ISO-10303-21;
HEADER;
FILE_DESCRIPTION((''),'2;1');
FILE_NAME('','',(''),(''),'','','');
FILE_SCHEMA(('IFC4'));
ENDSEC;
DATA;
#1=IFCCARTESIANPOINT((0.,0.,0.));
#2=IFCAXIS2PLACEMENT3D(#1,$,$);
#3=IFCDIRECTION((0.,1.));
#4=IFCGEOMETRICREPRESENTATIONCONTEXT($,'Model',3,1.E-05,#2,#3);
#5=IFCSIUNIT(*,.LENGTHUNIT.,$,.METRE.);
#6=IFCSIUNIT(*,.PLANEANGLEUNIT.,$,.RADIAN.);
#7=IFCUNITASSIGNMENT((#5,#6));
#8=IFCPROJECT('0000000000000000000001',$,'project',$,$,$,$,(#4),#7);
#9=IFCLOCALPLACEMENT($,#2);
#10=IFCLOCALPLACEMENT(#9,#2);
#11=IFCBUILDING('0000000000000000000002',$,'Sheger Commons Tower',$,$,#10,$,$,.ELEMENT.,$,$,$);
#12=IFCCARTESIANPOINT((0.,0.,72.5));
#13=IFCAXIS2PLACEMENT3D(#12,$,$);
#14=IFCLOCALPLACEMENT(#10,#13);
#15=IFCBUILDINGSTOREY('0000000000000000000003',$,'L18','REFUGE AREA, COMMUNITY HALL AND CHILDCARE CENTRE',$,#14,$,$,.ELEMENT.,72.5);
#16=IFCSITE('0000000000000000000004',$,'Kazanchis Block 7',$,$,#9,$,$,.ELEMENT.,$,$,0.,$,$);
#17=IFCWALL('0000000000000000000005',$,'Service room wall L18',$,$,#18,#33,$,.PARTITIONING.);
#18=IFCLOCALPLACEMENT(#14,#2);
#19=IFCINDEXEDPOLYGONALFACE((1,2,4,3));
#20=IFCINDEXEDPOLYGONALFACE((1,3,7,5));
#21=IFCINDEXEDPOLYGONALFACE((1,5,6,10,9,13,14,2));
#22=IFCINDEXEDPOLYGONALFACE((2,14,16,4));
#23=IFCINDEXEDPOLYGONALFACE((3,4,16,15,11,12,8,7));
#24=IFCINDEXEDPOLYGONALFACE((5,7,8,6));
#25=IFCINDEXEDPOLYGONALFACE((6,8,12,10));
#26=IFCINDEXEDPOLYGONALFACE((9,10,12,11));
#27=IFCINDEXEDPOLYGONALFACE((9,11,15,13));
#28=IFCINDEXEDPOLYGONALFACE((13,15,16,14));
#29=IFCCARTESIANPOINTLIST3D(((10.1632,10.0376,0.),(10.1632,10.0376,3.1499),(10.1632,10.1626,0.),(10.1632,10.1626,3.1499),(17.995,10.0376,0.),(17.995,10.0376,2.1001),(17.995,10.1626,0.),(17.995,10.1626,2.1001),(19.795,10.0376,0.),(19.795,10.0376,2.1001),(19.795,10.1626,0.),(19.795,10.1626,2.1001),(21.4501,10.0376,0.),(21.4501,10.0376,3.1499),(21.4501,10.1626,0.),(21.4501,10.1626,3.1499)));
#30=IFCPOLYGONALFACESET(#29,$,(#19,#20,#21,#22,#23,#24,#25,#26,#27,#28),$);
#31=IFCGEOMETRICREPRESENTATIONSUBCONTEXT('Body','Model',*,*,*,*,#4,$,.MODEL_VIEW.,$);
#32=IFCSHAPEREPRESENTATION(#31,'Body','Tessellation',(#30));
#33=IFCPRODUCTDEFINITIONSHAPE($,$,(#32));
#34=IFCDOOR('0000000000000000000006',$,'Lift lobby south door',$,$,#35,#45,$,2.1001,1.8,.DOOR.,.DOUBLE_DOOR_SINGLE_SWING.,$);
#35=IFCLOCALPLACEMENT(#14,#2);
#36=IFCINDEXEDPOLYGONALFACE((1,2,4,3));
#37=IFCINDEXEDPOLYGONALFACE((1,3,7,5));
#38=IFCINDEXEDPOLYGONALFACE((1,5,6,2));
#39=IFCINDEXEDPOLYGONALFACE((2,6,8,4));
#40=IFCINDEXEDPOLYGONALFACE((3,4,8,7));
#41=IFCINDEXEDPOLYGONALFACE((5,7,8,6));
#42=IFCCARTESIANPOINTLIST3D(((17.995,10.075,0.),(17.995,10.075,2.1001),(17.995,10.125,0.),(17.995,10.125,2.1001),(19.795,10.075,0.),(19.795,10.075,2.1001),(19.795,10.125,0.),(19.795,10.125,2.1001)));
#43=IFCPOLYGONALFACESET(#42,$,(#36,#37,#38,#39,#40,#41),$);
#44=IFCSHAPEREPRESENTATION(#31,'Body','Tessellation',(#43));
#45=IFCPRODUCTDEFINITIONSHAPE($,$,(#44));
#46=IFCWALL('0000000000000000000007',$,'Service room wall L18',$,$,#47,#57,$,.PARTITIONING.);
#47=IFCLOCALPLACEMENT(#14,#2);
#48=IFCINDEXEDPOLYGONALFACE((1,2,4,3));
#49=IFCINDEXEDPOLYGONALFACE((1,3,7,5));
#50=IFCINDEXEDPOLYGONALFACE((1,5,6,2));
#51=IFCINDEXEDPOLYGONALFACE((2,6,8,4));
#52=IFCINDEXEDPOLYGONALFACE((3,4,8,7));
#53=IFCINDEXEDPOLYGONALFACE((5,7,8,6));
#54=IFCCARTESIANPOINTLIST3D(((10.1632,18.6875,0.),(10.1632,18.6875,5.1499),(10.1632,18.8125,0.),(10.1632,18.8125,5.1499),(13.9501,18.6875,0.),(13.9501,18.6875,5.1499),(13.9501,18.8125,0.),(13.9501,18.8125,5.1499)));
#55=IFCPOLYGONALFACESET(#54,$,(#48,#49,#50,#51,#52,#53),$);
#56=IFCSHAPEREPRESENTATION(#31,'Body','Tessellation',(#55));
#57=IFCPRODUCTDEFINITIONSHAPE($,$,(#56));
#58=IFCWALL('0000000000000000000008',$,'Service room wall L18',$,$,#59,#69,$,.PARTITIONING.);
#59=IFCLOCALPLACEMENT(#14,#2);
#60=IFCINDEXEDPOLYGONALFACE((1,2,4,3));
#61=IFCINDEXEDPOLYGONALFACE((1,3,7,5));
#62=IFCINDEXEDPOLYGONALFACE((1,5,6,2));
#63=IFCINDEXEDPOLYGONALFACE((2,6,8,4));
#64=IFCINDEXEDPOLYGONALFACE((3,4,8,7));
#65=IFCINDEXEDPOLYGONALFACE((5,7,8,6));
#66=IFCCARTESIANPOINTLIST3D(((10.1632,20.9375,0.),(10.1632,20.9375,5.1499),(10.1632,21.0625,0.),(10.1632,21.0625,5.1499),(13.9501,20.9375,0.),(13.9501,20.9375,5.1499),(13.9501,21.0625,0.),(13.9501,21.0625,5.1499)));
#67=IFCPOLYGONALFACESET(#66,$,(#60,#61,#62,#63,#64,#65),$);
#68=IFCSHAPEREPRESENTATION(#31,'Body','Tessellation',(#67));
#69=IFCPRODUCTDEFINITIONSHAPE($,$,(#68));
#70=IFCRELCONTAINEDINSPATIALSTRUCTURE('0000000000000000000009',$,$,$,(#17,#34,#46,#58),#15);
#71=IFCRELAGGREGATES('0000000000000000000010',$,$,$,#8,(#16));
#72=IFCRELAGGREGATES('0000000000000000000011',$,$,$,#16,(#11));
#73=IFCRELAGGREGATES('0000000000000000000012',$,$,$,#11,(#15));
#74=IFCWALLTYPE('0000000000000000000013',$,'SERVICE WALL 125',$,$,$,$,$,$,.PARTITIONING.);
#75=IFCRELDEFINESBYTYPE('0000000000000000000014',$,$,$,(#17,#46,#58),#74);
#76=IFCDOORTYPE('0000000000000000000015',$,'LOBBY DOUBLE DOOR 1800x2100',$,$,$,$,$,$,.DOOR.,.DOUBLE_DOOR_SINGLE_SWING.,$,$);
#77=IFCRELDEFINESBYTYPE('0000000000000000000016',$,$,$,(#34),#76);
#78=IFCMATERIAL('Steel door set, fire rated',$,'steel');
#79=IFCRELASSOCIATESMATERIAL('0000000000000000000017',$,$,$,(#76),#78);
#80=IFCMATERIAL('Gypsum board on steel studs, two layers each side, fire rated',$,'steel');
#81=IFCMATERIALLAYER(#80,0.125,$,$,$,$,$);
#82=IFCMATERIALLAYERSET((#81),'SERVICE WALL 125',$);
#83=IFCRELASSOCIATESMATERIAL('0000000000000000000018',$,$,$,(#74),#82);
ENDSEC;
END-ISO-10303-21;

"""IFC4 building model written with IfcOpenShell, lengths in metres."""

from ifc_helpers import new_model, si_unit, direction, frame, frame_2d, origin, place, context, subcontext, project, spatial, rectangle, extrude, material, layer, layer_set, type_object, element, fill, save


model = new_model("IFC4")

# Units and contexts
model_context = context("Model", 3, precision=1e-05, world=origin(), true_north=direction((0.0, 1.0)))
body_context = subcontext(model_context, "Body", "Model", "MODEL_VIEW")
ifc_project = project(units=[si_unit("LENGTHUNIT", "METRE"), si_unit("PLANEANGLEUNIT", "RADIAN")], contexts=[model_context])

# Site, building, storey
site_placement = place(None, origin())
site = spatial("IfcSite", under=ifc_project, at=site_placement, Name="Kazanchis Block 7", CompositionType="ELEMENT", RefElevation=0.0)
building_placement = place(site_placement, origin())
building = spatial("IfcBuilding", under=site, at=building_placement, Name="Sheger Commons Tower", CompositionType="ELEMENT")
storey_placement = place(building_placement, frame((0.0, 0.0, 72.5)))
storey = spatial("IfcBuildingStorey", under=building, at=storey_placement, Name="L18", Description="REFUGE AREA, COMMUNITY HALL AND CHILDCARE CENTRE", CompositionType="ELEMENT", Elevation=72.5)

# Shared definitions
ifc_material_1 = material(Name="Steel door set, fire rated", Category="steel")
door_type_1 = type_object("IfcDoorType", Name="LOBBY DOUBLE DOOR 1800x2100", OperationType="DOUBLE_DOOR_SINGLE_SWING", PredefinedType="DOOR", material=ifc_material_1)

# Shared definitions
ifc_material_2 = material(Name="Gypsum board on steel studs, two layers each side, fire rated", Category="steel")
ifc_layer_1 = layer(ifc_material_2, 0.125)
ifc_layer_set_1 = layer_set([ifc_layer_1], Name="SERVICE WALL 125")
wall_type_1 = type_object("IfcWallType", Name="SERVICE WALL 125", PredefinedType="PARTITIONING", material=ifc_layer_set_1)

# Wall, opening, door
wall_1_placement = place(storey_placement, frame((10.1631, 10.1001, 0.0), z_axis=(0.0, 0.0, 1.0), x_axis=(1.0, 0.0, 0.0)))
wall_1 = element("IfcWall", 1, at=wall_1_placement, inside=storey, type_object=wall_type_1, Name="Service room wall L18", PredefinedType="PARTITIONING", context=body_context, shape_type="SweptSolid", body=[
    extrude(rectangle(XDim=11.2869, YDim=0.125, at=frame_2d((5.6436, 0.0))), origin(), (0.0, 0.0, 1.0), 3.1499),
])
opening_1_placement = place(wall_1_placement, frame((7.832, 0.0, 0.0)))
opening_1 = element("IfcOpeningElement", 2, at=opening_1_placement, cuts=wall_1, PredefinedType="OPENING", context=body_context, shape_type="SweptSolid", body=[
    extrude(rectangle(XDim=1.8, YDim=2.1001, at=frame_2d((0.8999, 1.05))), frame((0.0, 0.0725, 0.0), z_axis=(0.0, -1.0, 0.0), x_axis=(1.0, 0.0, 0.0)), (0.0, 0.0, 1.0), 0.145),
])
door_1_placement = place(opening_1_placement, origin())
door_1 = element("IfcDoor", 3, at=door_1_placement, inside=storey, type_object=door_type_1, Name="Lift lobby south door", OperationType="DOUBLE_DOOR_SINGLE_SWING", OverallHeight=2.1001, OverallWidth=1.8, PredefinedType="DOOR", context=body_context, shape_type="SweptSolid", body=[
    extrude(rectangle(XDim=1.8, YDim=2.1001, at=frame_2d((0.8999, 1.05))), frame((0.0, 0.0249, 0.0), z_axis=(0.0, -1.0, 0.0), x_axis=(1.0, 0.0, 0.0)), (0.0, 0.0, 1.0), 0.05),
])
fill(opening_1, door_1)

# Walls
for number, where, z_axis, x_axis, name in (
    (4, (10.1631, 18.75, 0.0), (0.0, 0.0, 1.0), (1.0, 0.0, 0.0), "Service room wall L18"),
    (5, (10.1631, 21.0, 0.0), (0.0, 0.0, 1.0), (1.0, 0.0, 0.0), "Service room wall L18"),
):
    element("IfcWall", number, at=place(storey_placement, frame(where, z_axis=z_axis, x_axis=x_axis)), inside=storey, type_object=wall_type_1, Name=name, PredefinedType="PARTITIONING", context=body_context, shape_type="SweptSolid", body=[
        extrude(rectangle(XDim=3.7869, YDim=0.125, at=frame_2d((1.8936, 0.0))), origin(), (0.0, 0.0, 1.0), 5.1499),
    ])

save(model, "model.ifc")
